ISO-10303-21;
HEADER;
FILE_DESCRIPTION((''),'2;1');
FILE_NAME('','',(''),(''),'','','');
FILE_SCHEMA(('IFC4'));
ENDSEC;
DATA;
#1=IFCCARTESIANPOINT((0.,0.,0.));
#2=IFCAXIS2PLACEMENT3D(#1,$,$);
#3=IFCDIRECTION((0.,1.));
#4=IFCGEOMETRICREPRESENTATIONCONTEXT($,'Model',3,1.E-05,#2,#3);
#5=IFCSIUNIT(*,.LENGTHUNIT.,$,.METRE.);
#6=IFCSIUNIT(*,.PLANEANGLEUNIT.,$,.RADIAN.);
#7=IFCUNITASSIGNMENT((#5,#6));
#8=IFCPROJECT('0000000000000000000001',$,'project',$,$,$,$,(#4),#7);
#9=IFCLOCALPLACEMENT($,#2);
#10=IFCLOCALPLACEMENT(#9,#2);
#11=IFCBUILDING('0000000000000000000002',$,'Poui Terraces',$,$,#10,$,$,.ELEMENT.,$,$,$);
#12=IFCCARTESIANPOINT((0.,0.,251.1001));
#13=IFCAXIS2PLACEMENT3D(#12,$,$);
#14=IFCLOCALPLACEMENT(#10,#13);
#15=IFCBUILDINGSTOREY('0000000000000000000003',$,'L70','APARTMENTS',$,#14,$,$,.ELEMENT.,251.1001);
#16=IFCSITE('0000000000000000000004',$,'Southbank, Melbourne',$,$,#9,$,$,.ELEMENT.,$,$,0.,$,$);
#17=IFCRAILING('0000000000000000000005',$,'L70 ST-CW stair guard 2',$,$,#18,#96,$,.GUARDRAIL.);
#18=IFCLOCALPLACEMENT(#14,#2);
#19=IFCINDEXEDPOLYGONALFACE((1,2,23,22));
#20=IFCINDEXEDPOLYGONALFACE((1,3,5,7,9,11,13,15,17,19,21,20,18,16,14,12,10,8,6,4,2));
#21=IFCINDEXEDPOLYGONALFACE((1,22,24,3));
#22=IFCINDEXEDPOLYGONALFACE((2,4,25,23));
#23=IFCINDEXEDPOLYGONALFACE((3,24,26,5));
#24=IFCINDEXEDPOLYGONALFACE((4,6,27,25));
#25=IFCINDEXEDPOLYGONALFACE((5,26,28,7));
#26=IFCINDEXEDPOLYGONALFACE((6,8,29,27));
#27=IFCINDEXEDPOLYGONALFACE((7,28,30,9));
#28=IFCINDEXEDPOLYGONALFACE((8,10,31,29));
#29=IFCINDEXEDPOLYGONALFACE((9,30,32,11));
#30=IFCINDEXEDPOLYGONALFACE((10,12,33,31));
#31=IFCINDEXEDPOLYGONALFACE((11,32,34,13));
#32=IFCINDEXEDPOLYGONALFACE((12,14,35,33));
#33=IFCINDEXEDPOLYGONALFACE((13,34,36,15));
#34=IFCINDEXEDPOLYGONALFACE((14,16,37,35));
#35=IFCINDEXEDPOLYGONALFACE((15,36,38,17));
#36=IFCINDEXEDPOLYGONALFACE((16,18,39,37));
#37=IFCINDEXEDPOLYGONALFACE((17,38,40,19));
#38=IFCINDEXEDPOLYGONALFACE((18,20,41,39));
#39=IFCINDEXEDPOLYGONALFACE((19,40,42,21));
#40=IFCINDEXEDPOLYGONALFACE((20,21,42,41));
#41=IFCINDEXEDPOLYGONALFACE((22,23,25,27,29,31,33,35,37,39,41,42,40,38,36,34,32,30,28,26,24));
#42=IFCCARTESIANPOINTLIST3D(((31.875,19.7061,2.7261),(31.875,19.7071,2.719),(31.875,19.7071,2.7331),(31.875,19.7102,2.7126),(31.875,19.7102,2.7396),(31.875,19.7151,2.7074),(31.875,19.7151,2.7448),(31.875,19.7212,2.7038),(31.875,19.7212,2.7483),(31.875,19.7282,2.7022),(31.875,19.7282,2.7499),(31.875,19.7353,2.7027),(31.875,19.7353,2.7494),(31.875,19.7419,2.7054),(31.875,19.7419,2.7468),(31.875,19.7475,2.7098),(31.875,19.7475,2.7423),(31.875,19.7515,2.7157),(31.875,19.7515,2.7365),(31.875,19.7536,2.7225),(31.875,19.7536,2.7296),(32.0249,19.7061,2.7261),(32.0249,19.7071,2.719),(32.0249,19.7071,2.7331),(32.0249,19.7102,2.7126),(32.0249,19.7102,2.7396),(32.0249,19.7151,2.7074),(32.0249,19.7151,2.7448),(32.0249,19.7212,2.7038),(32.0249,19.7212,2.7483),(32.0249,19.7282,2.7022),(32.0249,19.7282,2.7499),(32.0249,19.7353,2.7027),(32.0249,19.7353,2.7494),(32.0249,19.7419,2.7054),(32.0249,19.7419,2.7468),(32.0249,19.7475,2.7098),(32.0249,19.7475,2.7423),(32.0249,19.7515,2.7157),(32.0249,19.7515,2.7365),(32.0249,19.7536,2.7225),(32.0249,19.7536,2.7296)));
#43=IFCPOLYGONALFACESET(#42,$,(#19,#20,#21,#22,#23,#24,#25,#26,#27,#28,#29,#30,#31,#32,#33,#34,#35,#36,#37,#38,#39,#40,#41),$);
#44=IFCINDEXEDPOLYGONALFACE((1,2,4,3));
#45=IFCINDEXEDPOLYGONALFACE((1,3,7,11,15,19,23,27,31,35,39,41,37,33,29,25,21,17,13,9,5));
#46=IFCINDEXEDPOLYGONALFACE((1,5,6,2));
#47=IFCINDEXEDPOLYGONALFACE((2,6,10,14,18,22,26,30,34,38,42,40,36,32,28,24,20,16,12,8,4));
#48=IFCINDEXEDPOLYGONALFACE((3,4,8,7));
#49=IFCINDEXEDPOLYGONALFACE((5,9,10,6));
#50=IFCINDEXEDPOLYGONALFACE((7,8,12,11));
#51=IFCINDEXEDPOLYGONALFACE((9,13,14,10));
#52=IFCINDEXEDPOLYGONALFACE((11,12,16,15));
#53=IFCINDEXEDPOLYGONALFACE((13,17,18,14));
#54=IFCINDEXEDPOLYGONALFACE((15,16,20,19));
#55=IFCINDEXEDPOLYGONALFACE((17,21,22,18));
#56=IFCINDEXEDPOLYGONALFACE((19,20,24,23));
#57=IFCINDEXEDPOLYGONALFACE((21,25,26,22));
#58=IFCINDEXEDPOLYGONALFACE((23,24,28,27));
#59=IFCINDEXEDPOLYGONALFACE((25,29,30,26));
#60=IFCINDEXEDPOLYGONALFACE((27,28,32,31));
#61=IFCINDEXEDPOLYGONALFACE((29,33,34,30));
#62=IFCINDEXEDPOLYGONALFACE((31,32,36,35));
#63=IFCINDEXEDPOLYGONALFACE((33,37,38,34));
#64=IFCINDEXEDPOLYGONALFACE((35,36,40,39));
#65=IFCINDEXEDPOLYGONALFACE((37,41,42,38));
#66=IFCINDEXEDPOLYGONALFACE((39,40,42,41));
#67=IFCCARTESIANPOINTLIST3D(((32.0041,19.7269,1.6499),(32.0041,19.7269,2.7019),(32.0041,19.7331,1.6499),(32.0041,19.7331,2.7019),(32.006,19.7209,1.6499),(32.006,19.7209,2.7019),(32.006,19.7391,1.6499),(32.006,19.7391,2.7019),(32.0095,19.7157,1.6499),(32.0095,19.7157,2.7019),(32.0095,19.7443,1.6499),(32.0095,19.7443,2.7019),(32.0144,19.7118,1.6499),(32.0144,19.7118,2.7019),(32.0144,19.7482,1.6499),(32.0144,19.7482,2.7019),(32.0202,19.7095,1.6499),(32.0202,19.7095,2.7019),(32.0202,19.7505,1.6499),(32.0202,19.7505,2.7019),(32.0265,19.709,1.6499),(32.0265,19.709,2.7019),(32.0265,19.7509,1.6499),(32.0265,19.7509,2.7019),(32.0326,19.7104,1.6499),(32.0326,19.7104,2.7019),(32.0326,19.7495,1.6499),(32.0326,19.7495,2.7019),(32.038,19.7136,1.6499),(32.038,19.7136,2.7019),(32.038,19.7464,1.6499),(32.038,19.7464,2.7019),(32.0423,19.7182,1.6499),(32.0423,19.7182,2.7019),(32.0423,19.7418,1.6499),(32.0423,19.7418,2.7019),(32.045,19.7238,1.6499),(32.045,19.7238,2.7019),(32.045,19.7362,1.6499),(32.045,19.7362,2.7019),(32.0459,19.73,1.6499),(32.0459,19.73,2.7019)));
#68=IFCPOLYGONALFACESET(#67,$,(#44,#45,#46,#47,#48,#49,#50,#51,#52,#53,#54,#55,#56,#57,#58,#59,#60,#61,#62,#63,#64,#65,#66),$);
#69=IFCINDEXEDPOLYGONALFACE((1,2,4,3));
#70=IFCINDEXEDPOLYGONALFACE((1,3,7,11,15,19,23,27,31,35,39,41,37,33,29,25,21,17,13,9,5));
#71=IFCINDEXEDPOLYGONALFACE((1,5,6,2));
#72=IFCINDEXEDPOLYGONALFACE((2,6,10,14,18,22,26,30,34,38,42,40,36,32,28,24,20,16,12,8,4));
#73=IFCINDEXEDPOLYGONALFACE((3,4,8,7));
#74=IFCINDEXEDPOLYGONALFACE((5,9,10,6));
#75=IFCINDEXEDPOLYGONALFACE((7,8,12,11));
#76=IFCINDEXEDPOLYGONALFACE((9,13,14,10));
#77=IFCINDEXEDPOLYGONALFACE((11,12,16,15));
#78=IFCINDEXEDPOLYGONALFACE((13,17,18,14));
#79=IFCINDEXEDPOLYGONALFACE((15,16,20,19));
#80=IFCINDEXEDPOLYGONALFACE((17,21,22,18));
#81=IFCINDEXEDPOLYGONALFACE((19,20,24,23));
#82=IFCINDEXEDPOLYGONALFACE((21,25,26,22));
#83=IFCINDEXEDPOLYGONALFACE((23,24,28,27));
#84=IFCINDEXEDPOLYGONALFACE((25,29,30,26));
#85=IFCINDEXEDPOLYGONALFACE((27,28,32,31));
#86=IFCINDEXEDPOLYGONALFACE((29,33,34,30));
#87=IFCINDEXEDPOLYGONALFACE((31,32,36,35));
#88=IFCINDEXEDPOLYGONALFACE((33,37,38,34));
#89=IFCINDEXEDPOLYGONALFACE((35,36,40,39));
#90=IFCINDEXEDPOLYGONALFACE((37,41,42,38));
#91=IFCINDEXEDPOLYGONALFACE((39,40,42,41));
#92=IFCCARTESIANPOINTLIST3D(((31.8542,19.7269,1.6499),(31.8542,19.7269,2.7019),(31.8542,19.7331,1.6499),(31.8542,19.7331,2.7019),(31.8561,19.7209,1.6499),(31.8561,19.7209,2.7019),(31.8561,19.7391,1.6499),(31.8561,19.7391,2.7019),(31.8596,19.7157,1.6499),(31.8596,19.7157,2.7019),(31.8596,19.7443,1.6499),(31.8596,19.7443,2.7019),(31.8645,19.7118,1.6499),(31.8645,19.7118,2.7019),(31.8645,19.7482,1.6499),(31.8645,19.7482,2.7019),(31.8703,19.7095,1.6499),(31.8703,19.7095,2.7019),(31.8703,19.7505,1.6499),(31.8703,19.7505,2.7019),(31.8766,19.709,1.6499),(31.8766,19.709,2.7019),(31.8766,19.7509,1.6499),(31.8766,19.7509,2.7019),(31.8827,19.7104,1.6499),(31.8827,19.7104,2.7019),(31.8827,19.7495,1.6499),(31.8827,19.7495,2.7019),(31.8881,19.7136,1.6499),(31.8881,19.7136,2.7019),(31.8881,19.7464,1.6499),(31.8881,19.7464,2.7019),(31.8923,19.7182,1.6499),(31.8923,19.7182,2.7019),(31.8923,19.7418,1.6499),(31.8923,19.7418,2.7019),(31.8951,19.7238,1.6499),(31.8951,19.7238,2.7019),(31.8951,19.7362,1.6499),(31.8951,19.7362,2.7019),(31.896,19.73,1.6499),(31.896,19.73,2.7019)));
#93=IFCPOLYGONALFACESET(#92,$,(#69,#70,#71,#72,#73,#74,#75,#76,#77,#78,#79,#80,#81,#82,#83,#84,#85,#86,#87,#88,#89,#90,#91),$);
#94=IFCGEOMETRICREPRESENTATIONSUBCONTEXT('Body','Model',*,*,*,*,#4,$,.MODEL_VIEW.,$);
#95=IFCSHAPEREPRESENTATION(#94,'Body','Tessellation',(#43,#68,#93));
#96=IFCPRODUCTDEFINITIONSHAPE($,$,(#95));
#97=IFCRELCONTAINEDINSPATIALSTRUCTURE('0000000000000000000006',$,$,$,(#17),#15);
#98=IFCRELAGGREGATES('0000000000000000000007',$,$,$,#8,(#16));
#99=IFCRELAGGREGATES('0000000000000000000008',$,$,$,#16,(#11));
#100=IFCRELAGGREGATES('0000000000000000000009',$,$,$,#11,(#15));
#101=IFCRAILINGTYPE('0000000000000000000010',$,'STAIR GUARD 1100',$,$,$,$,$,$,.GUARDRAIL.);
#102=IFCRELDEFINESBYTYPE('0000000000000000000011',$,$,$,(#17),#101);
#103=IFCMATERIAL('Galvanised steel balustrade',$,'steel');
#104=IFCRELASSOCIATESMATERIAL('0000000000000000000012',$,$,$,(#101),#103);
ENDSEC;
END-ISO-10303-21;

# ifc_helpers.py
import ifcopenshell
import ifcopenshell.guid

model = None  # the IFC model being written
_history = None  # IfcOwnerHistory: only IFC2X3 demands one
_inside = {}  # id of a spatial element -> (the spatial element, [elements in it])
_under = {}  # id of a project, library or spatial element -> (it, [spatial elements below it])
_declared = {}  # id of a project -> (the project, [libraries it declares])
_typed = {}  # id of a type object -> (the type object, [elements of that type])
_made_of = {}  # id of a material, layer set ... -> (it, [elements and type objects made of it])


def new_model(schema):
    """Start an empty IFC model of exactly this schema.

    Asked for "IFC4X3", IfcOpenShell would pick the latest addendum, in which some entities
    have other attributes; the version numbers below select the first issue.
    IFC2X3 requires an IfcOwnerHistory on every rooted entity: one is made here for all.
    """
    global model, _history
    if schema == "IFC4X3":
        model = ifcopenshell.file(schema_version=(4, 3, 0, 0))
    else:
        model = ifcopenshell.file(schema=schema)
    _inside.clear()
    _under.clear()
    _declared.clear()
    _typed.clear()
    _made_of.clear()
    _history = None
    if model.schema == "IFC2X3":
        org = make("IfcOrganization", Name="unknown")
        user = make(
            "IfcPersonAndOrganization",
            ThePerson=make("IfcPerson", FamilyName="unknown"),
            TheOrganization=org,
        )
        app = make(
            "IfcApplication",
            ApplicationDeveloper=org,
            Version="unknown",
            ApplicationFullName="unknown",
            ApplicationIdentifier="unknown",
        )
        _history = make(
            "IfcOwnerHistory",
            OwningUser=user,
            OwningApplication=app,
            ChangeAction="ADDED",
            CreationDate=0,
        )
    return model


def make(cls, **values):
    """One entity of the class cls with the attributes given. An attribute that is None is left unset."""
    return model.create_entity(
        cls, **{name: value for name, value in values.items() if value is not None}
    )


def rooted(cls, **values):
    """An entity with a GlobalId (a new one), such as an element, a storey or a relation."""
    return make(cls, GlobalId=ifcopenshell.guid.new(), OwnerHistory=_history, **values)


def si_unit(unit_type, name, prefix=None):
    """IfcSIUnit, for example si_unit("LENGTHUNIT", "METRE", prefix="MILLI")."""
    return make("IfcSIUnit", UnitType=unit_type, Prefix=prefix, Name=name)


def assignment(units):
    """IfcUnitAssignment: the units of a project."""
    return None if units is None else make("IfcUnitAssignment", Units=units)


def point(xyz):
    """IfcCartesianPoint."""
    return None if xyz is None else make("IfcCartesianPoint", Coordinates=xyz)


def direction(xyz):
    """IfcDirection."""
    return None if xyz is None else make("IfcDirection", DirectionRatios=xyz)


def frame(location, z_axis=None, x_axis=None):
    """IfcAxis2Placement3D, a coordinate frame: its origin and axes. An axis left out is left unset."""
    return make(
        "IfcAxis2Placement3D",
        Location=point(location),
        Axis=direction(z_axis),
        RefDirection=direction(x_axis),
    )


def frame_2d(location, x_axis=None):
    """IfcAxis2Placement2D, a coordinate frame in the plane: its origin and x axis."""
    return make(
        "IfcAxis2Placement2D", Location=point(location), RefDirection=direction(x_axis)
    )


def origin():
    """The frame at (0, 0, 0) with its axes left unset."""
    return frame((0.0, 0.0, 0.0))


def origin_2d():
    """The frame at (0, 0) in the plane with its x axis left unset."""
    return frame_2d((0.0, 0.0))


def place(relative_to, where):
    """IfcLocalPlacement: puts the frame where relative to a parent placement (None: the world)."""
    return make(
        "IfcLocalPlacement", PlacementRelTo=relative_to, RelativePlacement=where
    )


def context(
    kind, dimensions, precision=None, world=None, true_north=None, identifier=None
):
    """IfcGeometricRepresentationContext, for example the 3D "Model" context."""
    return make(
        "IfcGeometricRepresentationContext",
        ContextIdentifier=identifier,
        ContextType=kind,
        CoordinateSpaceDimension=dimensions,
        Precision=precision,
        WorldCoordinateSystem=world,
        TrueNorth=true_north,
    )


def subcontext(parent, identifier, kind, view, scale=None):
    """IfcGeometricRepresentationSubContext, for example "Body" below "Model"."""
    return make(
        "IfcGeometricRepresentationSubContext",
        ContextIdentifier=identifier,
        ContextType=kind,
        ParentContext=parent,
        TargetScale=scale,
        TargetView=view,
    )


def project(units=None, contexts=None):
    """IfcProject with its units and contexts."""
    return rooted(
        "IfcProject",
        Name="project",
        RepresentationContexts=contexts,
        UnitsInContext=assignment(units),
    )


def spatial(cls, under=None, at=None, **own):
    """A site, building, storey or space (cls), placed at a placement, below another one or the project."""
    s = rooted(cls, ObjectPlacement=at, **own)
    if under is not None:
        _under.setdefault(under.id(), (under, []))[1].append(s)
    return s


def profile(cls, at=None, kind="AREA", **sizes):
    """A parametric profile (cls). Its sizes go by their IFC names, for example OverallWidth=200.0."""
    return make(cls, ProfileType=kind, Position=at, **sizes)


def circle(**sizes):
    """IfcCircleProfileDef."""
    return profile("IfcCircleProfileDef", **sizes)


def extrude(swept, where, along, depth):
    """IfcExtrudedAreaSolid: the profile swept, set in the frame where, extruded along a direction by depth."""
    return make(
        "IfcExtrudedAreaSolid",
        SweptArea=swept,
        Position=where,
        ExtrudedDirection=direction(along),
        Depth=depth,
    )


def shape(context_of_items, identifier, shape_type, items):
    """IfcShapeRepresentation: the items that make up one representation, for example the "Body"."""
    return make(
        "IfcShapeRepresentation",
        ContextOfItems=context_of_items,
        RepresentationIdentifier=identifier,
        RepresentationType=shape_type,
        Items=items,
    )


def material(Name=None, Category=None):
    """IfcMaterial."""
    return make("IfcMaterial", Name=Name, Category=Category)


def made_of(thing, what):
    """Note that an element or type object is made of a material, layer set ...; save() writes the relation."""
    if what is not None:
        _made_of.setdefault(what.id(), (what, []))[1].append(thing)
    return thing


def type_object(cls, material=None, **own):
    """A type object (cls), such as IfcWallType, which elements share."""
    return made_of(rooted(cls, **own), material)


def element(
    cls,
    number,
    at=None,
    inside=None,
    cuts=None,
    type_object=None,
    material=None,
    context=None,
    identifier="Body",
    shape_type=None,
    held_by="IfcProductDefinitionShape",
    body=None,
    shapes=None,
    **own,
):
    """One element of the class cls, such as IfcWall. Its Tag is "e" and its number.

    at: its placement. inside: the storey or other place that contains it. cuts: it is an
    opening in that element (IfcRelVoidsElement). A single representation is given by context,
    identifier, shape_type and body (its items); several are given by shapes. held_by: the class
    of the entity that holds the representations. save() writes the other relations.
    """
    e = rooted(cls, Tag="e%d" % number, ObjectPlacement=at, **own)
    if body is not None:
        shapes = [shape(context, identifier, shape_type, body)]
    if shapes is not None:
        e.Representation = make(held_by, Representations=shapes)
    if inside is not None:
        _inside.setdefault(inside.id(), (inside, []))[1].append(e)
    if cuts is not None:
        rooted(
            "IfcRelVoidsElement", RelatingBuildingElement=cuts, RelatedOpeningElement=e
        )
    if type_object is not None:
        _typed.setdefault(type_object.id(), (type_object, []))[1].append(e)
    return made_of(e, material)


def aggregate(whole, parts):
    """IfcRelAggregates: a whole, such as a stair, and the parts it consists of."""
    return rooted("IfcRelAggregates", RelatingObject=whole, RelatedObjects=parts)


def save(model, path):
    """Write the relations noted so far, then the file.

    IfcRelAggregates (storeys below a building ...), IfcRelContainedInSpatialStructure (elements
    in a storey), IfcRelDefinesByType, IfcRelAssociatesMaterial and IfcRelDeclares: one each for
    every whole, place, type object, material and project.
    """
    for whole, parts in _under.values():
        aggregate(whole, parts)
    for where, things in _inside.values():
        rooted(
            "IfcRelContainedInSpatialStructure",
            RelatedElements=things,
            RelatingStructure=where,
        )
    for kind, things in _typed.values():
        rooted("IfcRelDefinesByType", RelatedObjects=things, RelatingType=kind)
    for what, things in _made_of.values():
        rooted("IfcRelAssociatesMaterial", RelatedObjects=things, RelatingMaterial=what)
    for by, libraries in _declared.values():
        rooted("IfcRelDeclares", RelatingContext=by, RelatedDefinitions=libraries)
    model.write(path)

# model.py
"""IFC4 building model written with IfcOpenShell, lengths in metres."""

from ifc_helpers import new_model, si_unit, direction, frame, origin, origin_2d, place, context, subcontext, project, spatial, circle, extrude, material, type_object, element, save


model = new_model("IFC4")

# Units and contexts
model_context = context("Model", 3, precision=1e-05, world=origin(), true_north=direction((0.0, 1.0)))
body_context = subcontext(model_context, "Body", "Model", "MODEL_VIEW")
ifc_project = project(units=[si_unit("LENGTHUNIT", "METRE"), si_unit("PLANEANGLEUNIT", "RADIAN")], contexts=[model_context])

# Site, building, storey
site_placement = place(None, origin())
site = spatial("IfcSite", under=ifc_project, at=site_placement, Name="Southbank, Melbourne", CompositionType="ELEMENT", RefElevation=0.0)
building_placement = place(site_placement, origin())
building = spatial("IfcBuilding", under=site, at=building_placement, Name="Poui Terraces", CompositionType="ELEMENT")
storey_placement = place(building_placement, frame((0.0, 0.0, 251.1001)))
storey = spatial("IfcBuildingStorey", under=building, at=storey_placement, Name="L70", Description="APARTMENTS", CompositionType="ELEMENT", Elevation=251.1001)

# Railing
ifc_material_1 = material(Name="Galvanised steel balustrade", Category="steel")
railing_type_1 = type_object("IfcRailingType", Name="STAIR GUARD 1100", PredefinedType="GUARDRAIL", material=ifc_material_1)
railing_1_placement = place(storey_placement, frame((32.0249, 19.73, 1.6499)))
element("IfcRailing", 1, at=railing_1_placement, inside=storey, type_object=railing_type_1, Name="L70 ST-CW stair guard 2", PredefinedType="GUARDRAIL", context=body_context, shape_type="SweptSolid", body=[
    extrude(circle(Radius=0.0239, at=origin_2d()), frame((0.0, 0.0, 1.0762), z_axis=(-1.0, 0.0, 0.0), x_axis=(0.0, -1.0, 0.0)), (0.0, 0.0, 1.0), 0.1499),
    extrude(circle(Radius=0.021, at=origin_2d()), origin(), (0.0, 0.0, 1.0), 1.052),
    extrude(circle(Radius=0.021, at=origin_2d()), frame((-0.1499, 0.0, 0.0)), (0.0, 0.0, 1.0), 1.052),
])

save(model, "model.ifc")
